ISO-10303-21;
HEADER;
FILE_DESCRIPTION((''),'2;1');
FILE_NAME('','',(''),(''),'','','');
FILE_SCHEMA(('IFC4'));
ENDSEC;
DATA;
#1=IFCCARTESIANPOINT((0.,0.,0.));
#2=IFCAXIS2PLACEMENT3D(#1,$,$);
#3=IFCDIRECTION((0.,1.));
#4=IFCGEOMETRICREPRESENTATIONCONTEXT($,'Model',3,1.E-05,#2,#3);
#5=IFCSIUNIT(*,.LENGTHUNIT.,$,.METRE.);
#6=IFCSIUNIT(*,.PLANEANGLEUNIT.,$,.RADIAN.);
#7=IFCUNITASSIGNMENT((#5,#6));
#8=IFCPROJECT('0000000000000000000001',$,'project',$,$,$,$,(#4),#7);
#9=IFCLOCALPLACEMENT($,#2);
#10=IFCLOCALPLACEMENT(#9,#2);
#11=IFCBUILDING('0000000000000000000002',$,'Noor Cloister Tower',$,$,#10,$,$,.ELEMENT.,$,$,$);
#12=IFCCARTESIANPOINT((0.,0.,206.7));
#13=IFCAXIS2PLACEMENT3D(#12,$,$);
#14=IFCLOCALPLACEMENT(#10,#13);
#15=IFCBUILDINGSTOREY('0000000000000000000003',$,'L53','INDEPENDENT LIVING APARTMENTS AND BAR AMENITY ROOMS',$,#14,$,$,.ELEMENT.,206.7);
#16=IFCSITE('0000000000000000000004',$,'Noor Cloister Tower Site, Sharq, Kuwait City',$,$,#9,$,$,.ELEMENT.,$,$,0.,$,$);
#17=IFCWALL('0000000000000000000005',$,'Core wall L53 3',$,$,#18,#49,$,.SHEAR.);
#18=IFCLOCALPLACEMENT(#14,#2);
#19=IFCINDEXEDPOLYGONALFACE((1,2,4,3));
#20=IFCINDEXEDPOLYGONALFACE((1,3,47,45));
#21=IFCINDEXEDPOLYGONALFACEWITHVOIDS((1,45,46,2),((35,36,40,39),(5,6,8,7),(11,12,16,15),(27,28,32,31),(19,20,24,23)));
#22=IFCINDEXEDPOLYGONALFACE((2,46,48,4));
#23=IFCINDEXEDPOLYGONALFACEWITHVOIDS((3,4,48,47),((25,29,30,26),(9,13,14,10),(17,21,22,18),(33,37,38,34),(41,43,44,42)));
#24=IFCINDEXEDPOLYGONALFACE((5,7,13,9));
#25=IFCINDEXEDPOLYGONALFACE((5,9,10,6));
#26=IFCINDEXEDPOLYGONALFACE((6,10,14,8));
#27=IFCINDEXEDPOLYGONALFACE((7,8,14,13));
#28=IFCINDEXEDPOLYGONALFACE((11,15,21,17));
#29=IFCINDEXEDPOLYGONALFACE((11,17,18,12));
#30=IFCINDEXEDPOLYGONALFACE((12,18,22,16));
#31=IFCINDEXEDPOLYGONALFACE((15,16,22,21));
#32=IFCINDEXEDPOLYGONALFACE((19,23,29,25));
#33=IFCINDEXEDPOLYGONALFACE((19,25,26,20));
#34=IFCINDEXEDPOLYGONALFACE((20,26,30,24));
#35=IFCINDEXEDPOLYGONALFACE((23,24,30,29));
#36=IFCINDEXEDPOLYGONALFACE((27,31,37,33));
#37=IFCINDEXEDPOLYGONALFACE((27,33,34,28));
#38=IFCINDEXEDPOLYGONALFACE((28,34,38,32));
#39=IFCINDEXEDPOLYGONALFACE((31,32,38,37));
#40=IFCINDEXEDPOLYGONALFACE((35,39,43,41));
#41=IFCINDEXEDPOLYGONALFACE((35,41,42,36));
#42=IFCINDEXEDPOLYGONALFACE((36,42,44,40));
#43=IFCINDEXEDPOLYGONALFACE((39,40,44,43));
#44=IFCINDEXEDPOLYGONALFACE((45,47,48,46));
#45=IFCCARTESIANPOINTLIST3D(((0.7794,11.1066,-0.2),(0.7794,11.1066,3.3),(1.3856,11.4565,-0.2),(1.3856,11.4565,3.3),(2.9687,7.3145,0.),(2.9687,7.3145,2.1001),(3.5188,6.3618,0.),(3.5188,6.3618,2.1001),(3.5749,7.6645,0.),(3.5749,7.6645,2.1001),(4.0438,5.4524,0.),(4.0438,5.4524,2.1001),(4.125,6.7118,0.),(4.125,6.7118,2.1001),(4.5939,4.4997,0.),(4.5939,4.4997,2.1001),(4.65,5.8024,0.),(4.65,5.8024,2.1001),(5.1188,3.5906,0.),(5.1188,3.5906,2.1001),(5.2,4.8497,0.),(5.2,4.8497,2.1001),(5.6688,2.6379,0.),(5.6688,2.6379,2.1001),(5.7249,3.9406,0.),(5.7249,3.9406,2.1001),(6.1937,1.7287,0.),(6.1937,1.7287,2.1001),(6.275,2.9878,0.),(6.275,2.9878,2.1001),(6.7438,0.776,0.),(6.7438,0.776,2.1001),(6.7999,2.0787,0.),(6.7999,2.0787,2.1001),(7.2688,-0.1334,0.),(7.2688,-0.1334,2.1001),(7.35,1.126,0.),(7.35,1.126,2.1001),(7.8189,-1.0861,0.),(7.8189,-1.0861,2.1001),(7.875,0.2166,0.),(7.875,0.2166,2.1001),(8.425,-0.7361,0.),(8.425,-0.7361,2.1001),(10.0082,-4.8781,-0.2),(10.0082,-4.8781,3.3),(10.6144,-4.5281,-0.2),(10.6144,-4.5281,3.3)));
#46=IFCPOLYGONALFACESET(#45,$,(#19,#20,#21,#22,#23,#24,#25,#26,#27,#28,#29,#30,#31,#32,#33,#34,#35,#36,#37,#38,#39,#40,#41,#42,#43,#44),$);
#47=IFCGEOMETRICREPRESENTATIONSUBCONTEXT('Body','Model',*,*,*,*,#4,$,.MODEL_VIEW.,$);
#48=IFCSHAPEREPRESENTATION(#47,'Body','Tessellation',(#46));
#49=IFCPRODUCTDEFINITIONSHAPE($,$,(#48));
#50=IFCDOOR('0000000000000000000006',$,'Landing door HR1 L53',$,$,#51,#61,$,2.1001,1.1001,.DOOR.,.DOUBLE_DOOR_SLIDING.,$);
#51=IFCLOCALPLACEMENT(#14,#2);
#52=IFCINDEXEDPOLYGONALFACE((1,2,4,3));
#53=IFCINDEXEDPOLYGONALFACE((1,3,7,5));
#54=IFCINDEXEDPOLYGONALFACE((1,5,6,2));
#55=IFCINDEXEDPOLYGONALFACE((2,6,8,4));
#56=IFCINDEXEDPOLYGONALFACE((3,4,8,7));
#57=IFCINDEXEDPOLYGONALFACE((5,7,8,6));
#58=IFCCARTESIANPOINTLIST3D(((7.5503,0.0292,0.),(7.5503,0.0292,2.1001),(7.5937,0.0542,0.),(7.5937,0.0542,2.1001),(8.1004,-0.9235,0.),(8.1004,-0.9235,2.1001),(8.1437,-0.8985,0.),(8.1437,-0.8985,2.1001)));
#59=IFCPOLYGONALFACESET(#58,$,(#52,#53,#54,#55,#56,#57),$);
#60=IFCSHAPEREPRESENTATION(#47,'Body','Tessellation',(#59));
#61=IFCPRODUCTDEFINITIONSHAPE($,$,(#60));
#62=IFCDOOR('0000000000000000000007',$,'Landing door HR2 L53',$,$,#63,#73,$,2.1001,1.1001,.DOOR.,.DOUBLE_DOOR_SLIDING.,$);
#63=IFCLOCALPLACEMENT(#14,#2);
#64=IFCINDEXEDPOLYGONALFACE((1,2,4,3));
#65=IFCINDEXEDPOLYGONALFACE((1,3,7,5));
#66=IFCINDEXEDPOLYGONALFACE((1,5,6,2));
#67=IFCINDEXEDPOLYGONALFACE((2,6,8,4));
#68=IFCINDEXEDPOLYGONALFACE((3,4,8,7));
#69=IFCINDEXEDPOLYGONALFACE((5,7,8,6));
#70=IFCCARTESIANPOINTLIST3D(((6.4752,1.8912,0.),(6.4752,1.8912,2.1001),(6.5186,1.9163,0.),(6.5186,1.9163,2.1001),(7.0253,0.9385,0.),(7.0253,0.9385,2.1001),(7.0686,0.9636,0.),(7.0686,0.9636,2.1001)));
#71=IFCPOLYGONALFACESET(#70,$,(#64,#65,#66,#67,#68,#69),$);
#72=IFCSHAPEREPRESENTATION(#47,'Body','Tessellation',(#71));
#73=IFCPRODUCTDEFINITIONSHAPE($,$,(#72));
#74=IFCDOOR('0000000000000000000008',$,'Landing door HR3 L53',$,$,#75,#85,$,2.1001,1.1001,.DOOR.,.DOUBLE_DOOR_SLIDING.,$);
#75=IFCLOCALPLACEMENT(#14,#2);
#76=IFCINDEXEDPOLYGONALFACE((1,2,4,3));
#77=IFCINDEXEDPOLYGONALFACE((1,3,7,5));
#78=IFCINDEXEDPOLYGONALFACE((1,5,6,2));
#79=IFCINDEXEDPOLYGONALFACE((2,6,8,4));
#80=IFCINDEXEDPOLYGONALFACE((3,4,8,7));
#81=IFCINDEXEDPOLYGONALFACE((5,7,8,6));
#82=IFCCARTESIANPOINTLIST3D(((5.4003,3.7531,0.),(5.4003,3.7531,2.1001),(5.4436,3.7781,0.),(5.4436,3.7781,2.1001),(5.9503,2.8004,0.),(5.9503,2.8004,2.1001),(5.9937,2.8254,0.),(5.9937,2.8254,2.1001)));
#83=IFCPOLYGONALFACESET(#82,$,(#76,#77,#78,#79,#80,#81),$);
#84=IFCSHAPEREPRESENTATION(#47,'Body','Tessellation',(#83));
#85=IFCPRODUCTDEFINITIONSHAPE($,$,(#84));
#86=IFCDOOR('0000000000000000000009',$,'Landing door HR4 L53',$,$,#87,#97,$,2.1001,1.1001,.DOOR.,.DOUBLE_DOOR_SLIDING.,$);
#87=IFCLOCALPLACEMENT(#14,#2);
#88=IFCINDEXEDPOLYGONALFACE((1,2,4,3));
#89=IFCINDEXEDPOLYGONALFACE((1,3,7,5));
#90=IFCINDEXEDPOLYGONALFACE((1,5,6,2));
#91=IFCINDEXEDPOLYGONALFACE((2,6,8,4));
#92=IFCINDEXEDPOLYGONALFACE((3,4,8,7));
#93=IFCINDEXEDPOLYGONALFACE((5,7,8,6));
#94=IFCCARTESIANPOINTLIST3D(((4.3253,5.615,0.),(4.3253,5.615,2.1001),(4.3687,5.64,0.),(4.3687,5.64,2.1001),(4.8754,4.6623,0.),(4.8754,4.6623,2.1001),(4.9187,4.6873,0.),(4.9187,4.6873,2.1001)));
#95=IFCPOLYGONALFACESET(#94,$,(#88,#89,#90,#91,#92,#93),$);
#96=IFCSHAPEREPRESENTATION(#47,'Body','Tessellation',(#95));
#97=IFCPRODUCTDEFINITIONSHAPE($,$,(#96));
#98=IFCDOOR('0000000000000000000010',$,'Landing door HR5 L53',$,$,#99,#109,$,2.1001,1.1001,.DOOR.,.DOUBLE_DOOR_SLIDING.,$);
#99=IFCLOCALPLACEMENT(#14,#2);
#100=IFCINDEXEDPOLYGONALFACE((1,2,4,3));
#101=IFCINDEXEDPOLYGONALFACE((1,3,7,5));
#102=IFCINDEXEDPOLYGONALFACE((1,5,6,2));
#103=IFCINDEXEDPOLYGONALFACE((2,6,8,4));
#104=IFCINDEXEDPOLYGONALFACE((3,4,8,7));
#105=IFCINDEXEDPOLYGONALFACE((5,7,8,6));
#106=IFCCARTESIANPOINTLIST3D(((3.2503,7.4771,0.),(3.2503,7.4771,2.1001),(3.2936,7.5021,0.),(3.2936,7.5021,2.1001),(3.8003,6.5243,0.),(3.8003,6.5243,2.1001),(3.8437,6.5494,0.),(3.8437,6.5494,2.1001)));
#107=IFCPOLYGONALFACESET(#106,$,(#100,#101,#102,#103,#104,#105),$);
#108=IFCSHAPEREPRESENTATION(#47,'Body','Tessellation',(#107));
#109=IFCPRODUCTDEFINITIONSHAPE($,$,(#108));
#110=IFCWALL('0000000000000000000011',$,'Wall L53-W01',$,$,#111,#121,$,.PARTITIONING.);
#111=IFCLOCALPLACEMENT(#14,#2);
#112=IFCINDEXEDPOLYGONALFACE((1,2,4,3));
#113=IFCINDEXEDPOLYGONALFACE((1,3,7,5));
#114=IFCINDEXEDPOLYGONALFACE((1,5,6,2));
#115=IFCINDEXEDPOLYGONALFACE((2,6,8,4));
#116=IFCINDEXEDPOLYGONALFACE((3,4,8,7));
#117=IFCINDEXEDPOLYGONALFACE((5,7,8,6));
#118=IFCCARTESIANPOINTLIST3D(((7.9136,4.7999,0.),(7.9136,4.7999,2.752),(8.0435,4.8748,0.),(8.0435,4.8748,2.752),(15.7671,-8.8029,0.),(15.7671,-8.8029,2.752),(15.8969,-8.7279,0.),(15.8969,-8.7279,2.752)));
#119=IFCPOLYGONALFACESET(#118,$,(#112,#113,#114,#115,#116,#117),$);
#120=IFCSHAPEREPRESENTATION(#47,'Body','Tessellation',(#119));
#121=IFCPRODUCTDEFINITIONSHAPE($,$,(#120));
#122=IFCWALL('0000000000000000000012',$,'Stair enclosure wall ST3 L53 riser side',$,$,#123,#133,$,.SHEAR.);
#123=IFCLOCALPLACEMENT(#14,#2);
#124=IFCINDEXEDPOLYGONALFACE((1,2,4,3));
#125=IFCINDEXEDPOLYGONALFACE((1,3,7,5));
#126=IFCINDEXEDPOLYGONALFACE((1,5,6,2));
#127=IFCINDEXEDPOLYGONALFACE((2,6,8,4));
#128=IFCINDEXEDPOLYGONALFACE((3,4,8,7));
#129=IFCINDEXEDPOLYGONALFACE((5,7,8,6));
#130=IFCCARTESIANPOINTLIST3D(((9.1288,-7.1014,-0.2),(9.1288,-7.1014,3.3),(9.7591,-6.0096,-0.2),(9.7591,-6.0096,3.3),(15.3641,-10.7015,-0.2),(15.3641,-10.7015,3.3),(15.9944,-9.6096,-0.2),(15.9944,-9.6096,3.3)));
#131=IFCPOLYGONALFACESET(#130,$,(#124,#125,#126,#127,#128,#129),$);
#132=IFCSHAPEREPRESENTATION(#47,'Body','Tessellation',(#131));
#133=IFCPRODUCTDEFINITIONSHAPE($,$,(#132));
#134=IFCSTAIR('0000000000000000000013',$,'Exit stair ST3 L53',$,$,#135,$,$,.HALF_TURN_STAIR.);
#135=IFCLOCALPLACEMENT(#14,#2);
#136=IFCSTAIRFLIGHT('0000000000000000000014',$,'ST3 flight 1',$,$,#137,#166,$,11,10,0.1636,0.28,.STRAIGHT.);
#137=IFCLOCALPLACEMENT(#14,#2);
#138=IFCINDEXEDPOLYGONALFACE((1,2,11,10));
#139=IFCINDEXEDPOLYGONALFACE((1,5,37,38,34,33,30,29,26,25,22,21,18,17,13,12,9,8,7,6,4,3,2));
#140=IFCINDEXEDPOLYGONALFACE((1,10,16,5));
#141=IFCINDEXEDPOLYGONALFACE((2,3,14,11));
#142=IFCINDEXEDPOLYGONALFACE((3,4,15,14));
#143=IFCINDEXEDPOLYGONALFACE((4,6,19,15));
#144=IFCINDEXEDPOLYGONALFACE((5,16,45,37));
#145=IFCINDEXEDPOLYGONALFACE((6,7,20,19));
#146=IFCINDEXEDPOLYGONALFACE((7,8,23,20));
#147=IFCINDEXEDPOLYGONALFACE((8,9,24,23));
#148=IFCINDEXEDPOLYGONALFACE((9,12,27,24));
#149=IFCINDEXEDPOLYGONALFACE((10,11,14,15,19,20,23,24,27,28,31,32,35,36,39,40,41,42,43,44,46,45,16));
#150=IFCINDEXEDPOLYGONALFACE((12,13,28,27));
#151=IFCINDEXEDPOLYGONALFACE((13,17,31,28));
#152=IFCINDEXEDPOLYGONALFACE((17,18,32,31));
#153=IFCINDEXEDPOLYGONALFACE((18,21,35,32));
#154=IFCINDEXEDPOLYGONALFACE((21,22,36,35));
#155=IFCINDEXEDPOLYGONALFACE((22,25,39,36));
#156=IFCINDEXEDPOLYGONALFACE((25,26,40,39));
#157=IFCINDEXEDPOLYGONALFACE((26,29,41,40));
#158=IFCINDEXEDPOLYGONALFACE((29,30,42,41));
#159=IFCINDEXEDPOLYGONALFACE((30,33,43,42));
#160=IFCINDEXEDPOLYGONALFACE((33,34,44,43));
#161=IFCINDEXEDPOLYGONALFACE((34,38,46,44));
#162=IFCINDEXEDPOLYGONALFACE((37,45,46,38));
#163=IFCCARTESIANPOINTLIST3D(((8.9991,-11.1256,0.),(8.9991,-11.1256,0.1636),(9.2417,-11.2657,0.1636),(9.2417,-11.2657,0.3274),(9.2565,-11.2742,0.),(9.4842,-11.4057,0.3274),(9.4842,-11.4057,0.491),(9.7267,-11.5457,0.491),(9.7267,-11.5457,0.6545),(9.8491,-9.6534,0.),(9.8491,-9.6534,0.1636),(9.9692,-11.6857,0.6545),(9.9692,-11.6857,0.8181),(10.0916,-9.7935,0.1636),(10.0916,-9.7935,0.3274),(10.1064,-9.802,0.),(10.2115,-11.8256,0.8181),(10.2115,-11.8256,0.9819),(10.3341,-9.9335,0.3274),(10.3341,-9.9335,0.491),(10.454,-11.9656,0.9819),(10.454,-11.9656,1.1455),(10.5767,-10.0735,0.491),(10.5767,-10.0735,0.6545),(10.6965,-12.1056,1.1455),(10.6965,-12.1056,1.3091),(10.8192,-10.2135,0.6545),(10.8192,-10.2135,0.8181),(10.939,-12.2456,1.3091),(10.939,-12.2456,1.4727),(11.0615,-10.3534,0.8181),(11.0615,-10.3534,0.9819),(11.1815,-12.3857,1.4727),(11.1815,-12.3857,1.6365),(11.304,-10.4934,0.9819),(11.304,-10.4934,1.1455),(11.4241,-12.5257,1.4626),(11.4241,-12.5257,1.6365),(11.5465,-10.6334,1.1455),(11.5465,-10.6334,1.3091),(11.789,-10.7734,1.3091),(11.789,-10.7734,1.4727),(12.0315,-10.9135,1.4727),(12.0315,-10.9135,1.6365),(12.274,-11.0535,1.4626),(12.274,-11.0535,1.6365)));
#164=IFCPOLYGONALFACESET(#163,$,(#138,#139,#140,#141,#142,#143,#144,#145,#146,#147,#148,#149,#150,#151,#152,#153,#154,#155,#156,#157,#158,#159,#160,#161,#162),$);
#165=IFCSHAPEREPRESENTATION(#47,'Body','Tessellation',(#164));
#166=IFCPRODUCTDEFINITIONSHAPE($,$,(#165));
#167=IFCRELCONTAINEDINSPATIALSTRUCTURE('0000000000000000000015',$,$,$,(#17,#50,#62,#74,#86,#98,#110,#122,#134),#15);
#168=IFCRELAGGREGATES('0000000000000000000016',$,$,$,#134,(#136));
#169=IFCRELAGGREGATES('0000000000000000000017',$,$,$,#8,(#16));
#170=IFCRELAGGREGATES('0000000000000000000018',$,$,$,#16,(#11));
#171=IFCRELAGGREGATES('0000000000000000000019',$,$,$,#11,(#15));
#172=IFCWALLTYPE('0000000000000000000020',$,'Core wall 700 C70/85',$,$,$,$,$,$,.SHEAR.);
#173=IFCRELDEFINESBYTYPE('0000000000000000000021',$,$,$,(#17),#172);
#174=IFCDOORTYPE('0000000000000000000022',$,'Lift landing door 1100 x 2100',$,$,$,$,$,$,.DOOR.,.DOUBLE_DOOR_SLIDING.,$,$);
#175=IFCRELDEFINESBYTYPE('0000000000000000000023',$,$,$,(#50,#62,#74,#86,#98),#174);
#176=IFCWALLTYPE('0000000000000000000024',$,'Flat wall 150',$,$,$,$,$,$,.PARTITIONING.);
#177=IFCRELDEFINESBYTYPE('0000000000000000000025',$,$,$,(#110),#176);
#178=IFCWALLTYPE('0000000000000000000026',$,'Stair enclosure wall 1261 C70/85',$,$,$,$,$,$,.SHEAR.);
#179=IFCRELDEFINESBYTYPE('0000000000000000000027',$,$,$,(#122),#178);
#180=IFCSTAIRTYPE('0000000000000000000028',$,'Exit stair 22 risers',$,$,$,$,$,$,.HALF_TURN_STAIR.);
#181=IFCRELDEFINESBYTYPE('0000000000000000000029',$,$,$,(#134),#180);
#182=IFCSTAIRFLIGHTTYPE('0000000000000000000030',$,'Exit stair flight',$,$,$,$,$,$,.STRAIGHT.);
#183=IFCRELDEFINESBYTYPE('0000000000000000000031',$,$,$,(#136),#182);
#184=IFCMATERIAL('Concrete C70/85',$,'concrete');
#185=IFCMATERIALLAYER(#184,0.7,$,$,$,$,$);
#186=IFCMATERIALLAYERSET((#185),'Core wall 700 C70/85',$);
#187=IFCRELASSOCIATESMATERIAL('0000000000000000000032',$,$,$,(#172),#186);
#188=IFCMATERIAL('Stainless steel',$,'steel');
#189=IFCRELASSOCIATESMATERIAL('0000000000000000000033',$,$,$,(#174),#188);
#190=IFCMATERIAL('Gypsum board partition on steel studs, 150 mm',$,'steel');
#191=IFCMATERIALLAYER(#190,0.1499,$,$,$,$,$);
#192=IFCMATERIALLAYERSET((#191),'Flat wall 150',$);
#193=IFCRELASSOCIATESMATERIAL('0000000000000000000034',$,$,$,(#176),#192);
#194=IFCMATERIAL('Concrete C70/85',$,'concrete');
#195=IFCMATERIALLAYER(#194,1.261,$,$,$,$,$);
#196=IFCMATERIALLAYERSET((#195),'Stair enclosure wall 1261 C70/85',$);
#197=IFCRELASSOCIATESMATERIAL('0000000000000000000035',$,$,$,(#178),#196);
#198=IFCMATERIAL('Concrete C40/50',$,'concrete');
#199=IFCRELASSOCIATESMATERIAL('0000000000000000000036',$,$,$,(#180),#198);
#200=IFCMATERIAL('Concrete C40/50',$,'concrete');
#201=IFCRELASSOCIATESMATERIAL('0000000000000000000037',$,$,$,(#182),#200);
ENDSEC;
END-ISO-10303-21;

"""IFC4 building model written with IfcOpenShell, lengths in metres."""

from ifc_helpers import new_model, si_unit, direction, frame, frame_2d, origin, place, context, subcontext, project, spatial, polyline, rectangle, outline, extrude, material, layer, layer_set, type_object, element, fill, aggregate, save


model = new_model("IFC4")

# Units and contexts
model_context = context("Model", 3, precision=1e-05, world=origin(), true_north=direction((0.0, 1.0)))
body_context = subcontext(model_context, "Body", "Model", "MODEL_VIEW")
ifc_project = project(units=[si_unit("LENGTHUNIT", "METRE"), si_unit("PLANEANGLEUNIT", "RADIAN")], contexts=[model_context])

# Site, building, storey
site_placement = place(None, origin())
site = spatial("IfcSite", under=ifc_project, at=site_placement, Name="Noor Cloister Tower Site, Sharq, Kuwait City", CompositionType="ELEMENT", RefElevation=0.0)
building_placement = place(site_placement, origin())
building = spatial("IfcBuilding", under=site, at=building_placement, Name="Noor Cloister Tower", CompositionType="ELEMENT")
storey_placement = place(building_placement, frame((0.0, 0.0, 206.7)))
storey = spatial("IfcBuildingStorey", under=building, at=storey_placement, Name="L53", Description="INDEPENDENT LIVING APARTMENTS AND BAR AMENITY ROOMS", CompositionType="ELEMENT", Elevation=206.7)

# Wall, openings, doors
ifc_material_1 = material(Name="Concrete C70/85", Category="concrete")
ifc_layer_1 = layer(ifc_material_1, 0.7)
ifc_layer_set_1 = layer_set([ifc_layer_1], Name="Core wall 700 C70/85")
wall_type_1 = type_object("IfcWallType", Name="Core wall 700 C70/85", PredefinedType="SHEAR", material=ifc_layer_set_1)
wall_1_placement = place(storey_placement, frame((10.3113, -4.7031, -0.2), z_axis=(0.0, 0.0, 1.0), x_axis=(-0.500001, 0.866025, 0.0)))
wall_1 = element("IfcWall", 1, at=wall_1_placement, inside=storey, type_object=wall_type_1, Name="Core wall L53 3", PredefinedType="SHEAR", context=body_context, shape_type="SweptSolid", body=[
    extrude(rectangle(XDim=18.4575, YDim=0.7, at=frame_2d((9.2288, 0.0))), origin(), (0.0, 0.0, 1.0), 3.5),
])
opening_1_placement = place(wall_1_placement, frame((4.3787, 0.0, 0.2)))
opening_1 = element("IfcOpeningElement", 2, at=opening_1_placement, cuts=wall_1, PredefinedType="OPENING", context=body_context, shape_type="SweptSolid", body=[
    extrude(rectangle(XDim=1.1001, YDim=2.1001, at=frame_2d((0.55, 1.05))), frame((0.0, 0.3599, 0.0), z_axis=(0.0, -1.0, 0.0), x_axis=(1.0, 0.0, 0.0)), (0.0, 0.0, 1.0), 0.72),
])
opening_2_placement = place(wall_1_placement, frame((6.5288, 0.0, 0.2)))
opening_2 = element("IfcOpeningElement", 3, at=opening_2_placement, cuts=wall_1, PredefinedType="OPENING", context=body_context, shape_type="SweptSolid", body=[
    extrude(rectangle(XDim=1.1001, YDim=2.1001, at=frame_2d((0.55, 1.05))), frame((0.0, 0.3599, 0.0), z_axis=(0.0, -1.0, 0.0), x_axis=(1.0, 0.0, 0.0)), (0.0, 0.0, 1.0), 0.72),
])
opening_3_placement = place(wall_1_placement, frame((8.6787, 0.0, 0.2)))
opening_3 = element("IfcOpeningElement", 4, at=opening_3_placement, cuts=wall_1, PredefinedType="OPENING", context=body_context, shape_type="SweptSolid", body=[
    extrude(rectangle(XDim=1.1001, YDim=2.1001, at=frame_2d((0.55, 1.05))), frame((0.0, 0.3599, 0.0), z_axis=(0.0, -1.0, 0.0), x_axis=(1.0, 0.0, 0.0)), (0.0, 0.0, 1.0), 0.72),
])
opening_4_placement = place(wall_1_placement, frame((10.8286, 0.0, 0.2)))
opening_4 = element("IfcOpeningElement", 5, at=opening_4_placement, cuts=wall_1, PredefinedType="OPENING", context=body_context, shape_type="SweptSolid", body=[
    extrude(rectangle(XDim=1.1001, YDim=2.1001, at=frame_2d((0.55, 1.05))), frame((0.0, 0.3599, 0.0), z_axis=(0.0, -1.0, 0.0), x_axis=(1.0, 0.0, 0.0)), (0.0, 0.0, 1.0), 0.72),
])
opening_5_placement = place(wall_1_placement, frame((12.9788, 0.0, 0.2)))
opening_5 = element("IfcOpeningElement", 6, at=opening_5_placement, cuts=wall_1, PredefinedType="OPENING", context=body_context, shape_type="SweptSolid", body=[
    extrude(rectangle(XDim=1.1001, YDim=2.1001, at=frame_2d((0.55, 1.05))), frame((0.0, 0.3599, 0.0), z_axis=(0.0, -1.0, 0.0), x_axis=(1.0, 0.0, 0.0)), (0.0, 0.0, 1.0), 0.72),
])
ifc_material_2 = material(Name="Stainless steel", Category="steel")
door_type = type_object("IfcDoorType", Name="Lift landing door 1100 x 2100", OperationType="DOUBLE_DOOR_SLIDING", PredefinedType="DOOR", material=ifc_material_2)
door_1_placement = place(opening_1_placement, origin())
door_1 = element("IfcDoor", 7, at=door_1_placement, inside=storey, type_object=door_type, Name="Landing door HR1 L53", OperationType="DOUBLE_DOOR_SLIDING", OverallHeight=2.1001, OverallWidth=1.1001, PredefinedType="DOOR", context=body_context, shape_type="SweptSolid", body=[
    extrude(rectangle(XDim=1.1001, YDim=2.1001, at=frame_2d((0.55, 1.05))), frame((0.0, 0.0249, 0.0), z_axis=(0.0, -1.0, 0.0), x_axis=(1.0, 0.0, 0.0)), (0.0, 0.0, 1.0), 0.05),
])
fill(opening_1, door_1)
door_2_placement = place(opening_2_placement, origin())
door_2 = element("IfcDoor", 8, at=door_2_placement, inside=storey, type_object=door_type, Name="Landing door HR2 L53", OperationType="DOUBLE_DOOR_SLIDING", OverallHeight=2.1001, OverallWidth=1.1001, PredefinedType="DOOR", context=body_context, shape_type="SweptSolid", body=[
    extrude(rectangle(XDim=1.1001, YDim=2.1001, at=frame_2d((0.55, 1.05))), frame((0.0, 0.0249, 0.0), z_axis=(0.0, -1.0, 0.0), x_axis=(1.0, 0.0, 0.0)), (0.0, 0.0, 1.0), 0.05),
])
fill(opening_2, door_2)
door_3_placement = place(opening_3_placement, origin())
door_3 = element("IfcDoor", 9, at=door_3_placement, inside=storey, type_object=door_type, Name="Landing door HR3 L53", OperationType="DOUBLE_DOOR_SLIDING", OverallHeight=2.1001, OverallWidth=1.1001, PredefinedType="DOOR", context=body_context, shape_type="SweptSolid", body=[
    extrude(rectangle(XDim=1.1001, YDim=2.1001, at=frame_2d((0.55, 1.05))), frame((0.0, 0.0249, 0.0), z_axis=(0.0, -1.0, 0.0), x_axis=(1.0, 0.0, 0.0)), (0.0, 0.0, 1.0), 0.05),
])
fill(opening_3, door_3)
door_4_placement = place(opening_4_placement, origin())
door_4 = element("IfcDoor", 10, at=door_4_placement, inside=storey, type_object=door_type, Name="Landing door HR4 L53", OperationType="DOUBLE_DOOR_SLIDING", OverallHeight=2.1001, OverallWidth=1.1001, PredefinedType="DOOR", context=body_context, shape_type="SweptSolid", body=[
    extrude(rectangle(XDim=1.1001, YDim=2.1001, at=frame_2d((0.55, 1.05))), frame((0.0, 0.0249, 0.0), z_axis=(0.0, -1.0, 0.0), x_axis=(1.0, 0.0, 0.0)), (0.0, 0.0, 1.0), 0.05),
])
fill(opening_4, door_4)
door_5_placement = place(opening_5_placement, origin())
door_5 = element("IfcDoor", 11, at=door_5_placement, inside=storey, type_object=door_type, Name="Landing door HR5 L53", OperationType="DOUBLE_DOOR_SLIDING", OverallHeight=2.1001, OverallWidth=1.1001, PredefinedType="DOOR", context=body_context, shape_type="SweptSolid", body=[
    extrude(rectangle(XDim=1.1001, YDim=2.1001, at=frame_2d((0.55, 1.05))), frame((0.0, 0.0249, 0.0), z_axis=(0.0, -1.0, 0.0), x_axis=(1.0, 0.0, 0.0)), (0.0, 0.0, 1.0), 0.05),
])
fill(opening_5, door_5)

# Walls
ifc_material_3 = material(Name="Gypsum board partition on steel studs, 150 mm", Category="steel")
ifc_layer_2 = layer(ifc_material_3, 0.1499)
ifc_layer_set_2 = layer_set([ifc_layer_2], Name="Flat wall 150")
wall_type_2 = type_object("IfcWallType", Name="Flat wall 150", PredefinedType="PARTITIONING", material=ifc_layer_set_2)
wall_2_placement = place(storey_placement, frame((15.832, -8.7654, 0.0), z_axis=(0.0, 0.0, 1.0), x_axis=(-0.499997, 0.866027, 0.0)))
element("IfcWall", 12, at=wall_2_placement, inside=storey, type_object=wall_type_2, Name="Wall L53-W01", PredefinedType="PARTITIONING", context=body_context, shape_type="SweptSolid", body=[
    extrude(rectangle(XDim=15.707, YDim=0.1499, at=frame_2d((7.8535, 0.0))), origin(), (0.0, 0.0, 1.0), 2.752),
])
ifc_material_4 = material(Name="Concrete C70/85", Category="concrete")
ifc_layer_3 = layer(ifc_material_4, 1.261)
ifc_layer_set_3 = layer_set([ifc_layer_3], Name="Stair enclosure wall 1261 C70/85")
wall_type_3 = type_object("IfcWallType", Name="Stair enclosure wall 1261 C70/85", PredefinedType="SHEAR", material=ifc_layer_set_3)
wall_3_placement = place(storey_placement, frame((9.4438, -6.5554, -0.2), z_axis=(0.0, 0.0, 1.0), x_axis=(0.866018, -0.500012, 0.0)))
element("IfcWall", 13, at=wall_3_placement, inside=storey, type_object=wall_type_3, Name="Stair enclosure wall ST3 L53 riser side", PredefinedType="SHEAR", context=body_context, shape_type="SweptSolid", body=[
    extrude(rectangle(XDim=7.2, YDim=1.2607, at=frame_2d((3.6001, 0.0))), origin(), (0.0, 0.0, 1.0), 3.5),
])

# Stair, stair flight
ifc_material_5 = material(Name="Concrete C40/50", Category="concrete")
stair_type = type_object("IfcStairType", Name="Exit stair 22 risers", PredefinedType="HALF_TURN_STAIR", material=ifc_material_5)
stair_placement = place(storey_placement, origin())
stair = element("IfcStair", 14, at=stair_placement, inside=storey, type_object=stair_type, Name="Exit stair ST3 L53", PredefinedType="HALF_TURN_STAIR")
ifc_material_6 = material(Name="Concrete C40/50", Category="concrete")
stair_flight_type = type_object("IfcStairFlightType", Name="Exit stair flight", PredefinedType="STRAIGHT", material=ifc_material_6)
stair_flight_1_placement = place(storey_placement, frame((9.4241, -10.3896, 0.0), z_axis=(0.0, 0.0, 1.0), x_axis=(0.866025, -0.5, 0.0)))
stair_flight_1 = element("IfcStairFlight", 15, at=stair_flight_1_placement, type_object=stair_flight_type, Name="ST3 flight 1", NumberOfRisers=11, NumberOfTreads=10, PredefinedType="STRAIGHT", RiserHeight=0.1636, TreadLength=0.28, context=body_context, shape_type="SweptSolid", body=[
    extrude(outline(polyline([(0.0, 0.0), (0.0, 0.1636), (0.28, 0.1636), (0.28, 0.3274), (0.5601, 0.3274), (0.5601, 0.491), (0.8401, 0.491), (0.8401, 0.6545), (1.1201, 0.6545), (1.1201, 0.8181), (1.3999, 0.8181), (1.3999, 0.9819), (1.6799, 0.9819), (1.6799, 1.1455), (1.96, 1.1455), (1.96, 1.3091), (2.24, 1.3091), (2.24, 1.4727), (2.52, 1.4727), (2.52, 1.6365), (2.8, 1.6365), (2.8, 1.8), (2.8, 1.4626), (0.2971, 0.0), (0.0, 0.0)])), frame((0.0, 0.8501, 0.0), z_axis=(0.0, -1.0, 0.0), x_axis=(1.0, 0.0, 0.0)), (0.0, 0.0, 1.0), 1.7),
])
aggregate(stair, [stair_flight_1])

save(model, "model.ifc")
